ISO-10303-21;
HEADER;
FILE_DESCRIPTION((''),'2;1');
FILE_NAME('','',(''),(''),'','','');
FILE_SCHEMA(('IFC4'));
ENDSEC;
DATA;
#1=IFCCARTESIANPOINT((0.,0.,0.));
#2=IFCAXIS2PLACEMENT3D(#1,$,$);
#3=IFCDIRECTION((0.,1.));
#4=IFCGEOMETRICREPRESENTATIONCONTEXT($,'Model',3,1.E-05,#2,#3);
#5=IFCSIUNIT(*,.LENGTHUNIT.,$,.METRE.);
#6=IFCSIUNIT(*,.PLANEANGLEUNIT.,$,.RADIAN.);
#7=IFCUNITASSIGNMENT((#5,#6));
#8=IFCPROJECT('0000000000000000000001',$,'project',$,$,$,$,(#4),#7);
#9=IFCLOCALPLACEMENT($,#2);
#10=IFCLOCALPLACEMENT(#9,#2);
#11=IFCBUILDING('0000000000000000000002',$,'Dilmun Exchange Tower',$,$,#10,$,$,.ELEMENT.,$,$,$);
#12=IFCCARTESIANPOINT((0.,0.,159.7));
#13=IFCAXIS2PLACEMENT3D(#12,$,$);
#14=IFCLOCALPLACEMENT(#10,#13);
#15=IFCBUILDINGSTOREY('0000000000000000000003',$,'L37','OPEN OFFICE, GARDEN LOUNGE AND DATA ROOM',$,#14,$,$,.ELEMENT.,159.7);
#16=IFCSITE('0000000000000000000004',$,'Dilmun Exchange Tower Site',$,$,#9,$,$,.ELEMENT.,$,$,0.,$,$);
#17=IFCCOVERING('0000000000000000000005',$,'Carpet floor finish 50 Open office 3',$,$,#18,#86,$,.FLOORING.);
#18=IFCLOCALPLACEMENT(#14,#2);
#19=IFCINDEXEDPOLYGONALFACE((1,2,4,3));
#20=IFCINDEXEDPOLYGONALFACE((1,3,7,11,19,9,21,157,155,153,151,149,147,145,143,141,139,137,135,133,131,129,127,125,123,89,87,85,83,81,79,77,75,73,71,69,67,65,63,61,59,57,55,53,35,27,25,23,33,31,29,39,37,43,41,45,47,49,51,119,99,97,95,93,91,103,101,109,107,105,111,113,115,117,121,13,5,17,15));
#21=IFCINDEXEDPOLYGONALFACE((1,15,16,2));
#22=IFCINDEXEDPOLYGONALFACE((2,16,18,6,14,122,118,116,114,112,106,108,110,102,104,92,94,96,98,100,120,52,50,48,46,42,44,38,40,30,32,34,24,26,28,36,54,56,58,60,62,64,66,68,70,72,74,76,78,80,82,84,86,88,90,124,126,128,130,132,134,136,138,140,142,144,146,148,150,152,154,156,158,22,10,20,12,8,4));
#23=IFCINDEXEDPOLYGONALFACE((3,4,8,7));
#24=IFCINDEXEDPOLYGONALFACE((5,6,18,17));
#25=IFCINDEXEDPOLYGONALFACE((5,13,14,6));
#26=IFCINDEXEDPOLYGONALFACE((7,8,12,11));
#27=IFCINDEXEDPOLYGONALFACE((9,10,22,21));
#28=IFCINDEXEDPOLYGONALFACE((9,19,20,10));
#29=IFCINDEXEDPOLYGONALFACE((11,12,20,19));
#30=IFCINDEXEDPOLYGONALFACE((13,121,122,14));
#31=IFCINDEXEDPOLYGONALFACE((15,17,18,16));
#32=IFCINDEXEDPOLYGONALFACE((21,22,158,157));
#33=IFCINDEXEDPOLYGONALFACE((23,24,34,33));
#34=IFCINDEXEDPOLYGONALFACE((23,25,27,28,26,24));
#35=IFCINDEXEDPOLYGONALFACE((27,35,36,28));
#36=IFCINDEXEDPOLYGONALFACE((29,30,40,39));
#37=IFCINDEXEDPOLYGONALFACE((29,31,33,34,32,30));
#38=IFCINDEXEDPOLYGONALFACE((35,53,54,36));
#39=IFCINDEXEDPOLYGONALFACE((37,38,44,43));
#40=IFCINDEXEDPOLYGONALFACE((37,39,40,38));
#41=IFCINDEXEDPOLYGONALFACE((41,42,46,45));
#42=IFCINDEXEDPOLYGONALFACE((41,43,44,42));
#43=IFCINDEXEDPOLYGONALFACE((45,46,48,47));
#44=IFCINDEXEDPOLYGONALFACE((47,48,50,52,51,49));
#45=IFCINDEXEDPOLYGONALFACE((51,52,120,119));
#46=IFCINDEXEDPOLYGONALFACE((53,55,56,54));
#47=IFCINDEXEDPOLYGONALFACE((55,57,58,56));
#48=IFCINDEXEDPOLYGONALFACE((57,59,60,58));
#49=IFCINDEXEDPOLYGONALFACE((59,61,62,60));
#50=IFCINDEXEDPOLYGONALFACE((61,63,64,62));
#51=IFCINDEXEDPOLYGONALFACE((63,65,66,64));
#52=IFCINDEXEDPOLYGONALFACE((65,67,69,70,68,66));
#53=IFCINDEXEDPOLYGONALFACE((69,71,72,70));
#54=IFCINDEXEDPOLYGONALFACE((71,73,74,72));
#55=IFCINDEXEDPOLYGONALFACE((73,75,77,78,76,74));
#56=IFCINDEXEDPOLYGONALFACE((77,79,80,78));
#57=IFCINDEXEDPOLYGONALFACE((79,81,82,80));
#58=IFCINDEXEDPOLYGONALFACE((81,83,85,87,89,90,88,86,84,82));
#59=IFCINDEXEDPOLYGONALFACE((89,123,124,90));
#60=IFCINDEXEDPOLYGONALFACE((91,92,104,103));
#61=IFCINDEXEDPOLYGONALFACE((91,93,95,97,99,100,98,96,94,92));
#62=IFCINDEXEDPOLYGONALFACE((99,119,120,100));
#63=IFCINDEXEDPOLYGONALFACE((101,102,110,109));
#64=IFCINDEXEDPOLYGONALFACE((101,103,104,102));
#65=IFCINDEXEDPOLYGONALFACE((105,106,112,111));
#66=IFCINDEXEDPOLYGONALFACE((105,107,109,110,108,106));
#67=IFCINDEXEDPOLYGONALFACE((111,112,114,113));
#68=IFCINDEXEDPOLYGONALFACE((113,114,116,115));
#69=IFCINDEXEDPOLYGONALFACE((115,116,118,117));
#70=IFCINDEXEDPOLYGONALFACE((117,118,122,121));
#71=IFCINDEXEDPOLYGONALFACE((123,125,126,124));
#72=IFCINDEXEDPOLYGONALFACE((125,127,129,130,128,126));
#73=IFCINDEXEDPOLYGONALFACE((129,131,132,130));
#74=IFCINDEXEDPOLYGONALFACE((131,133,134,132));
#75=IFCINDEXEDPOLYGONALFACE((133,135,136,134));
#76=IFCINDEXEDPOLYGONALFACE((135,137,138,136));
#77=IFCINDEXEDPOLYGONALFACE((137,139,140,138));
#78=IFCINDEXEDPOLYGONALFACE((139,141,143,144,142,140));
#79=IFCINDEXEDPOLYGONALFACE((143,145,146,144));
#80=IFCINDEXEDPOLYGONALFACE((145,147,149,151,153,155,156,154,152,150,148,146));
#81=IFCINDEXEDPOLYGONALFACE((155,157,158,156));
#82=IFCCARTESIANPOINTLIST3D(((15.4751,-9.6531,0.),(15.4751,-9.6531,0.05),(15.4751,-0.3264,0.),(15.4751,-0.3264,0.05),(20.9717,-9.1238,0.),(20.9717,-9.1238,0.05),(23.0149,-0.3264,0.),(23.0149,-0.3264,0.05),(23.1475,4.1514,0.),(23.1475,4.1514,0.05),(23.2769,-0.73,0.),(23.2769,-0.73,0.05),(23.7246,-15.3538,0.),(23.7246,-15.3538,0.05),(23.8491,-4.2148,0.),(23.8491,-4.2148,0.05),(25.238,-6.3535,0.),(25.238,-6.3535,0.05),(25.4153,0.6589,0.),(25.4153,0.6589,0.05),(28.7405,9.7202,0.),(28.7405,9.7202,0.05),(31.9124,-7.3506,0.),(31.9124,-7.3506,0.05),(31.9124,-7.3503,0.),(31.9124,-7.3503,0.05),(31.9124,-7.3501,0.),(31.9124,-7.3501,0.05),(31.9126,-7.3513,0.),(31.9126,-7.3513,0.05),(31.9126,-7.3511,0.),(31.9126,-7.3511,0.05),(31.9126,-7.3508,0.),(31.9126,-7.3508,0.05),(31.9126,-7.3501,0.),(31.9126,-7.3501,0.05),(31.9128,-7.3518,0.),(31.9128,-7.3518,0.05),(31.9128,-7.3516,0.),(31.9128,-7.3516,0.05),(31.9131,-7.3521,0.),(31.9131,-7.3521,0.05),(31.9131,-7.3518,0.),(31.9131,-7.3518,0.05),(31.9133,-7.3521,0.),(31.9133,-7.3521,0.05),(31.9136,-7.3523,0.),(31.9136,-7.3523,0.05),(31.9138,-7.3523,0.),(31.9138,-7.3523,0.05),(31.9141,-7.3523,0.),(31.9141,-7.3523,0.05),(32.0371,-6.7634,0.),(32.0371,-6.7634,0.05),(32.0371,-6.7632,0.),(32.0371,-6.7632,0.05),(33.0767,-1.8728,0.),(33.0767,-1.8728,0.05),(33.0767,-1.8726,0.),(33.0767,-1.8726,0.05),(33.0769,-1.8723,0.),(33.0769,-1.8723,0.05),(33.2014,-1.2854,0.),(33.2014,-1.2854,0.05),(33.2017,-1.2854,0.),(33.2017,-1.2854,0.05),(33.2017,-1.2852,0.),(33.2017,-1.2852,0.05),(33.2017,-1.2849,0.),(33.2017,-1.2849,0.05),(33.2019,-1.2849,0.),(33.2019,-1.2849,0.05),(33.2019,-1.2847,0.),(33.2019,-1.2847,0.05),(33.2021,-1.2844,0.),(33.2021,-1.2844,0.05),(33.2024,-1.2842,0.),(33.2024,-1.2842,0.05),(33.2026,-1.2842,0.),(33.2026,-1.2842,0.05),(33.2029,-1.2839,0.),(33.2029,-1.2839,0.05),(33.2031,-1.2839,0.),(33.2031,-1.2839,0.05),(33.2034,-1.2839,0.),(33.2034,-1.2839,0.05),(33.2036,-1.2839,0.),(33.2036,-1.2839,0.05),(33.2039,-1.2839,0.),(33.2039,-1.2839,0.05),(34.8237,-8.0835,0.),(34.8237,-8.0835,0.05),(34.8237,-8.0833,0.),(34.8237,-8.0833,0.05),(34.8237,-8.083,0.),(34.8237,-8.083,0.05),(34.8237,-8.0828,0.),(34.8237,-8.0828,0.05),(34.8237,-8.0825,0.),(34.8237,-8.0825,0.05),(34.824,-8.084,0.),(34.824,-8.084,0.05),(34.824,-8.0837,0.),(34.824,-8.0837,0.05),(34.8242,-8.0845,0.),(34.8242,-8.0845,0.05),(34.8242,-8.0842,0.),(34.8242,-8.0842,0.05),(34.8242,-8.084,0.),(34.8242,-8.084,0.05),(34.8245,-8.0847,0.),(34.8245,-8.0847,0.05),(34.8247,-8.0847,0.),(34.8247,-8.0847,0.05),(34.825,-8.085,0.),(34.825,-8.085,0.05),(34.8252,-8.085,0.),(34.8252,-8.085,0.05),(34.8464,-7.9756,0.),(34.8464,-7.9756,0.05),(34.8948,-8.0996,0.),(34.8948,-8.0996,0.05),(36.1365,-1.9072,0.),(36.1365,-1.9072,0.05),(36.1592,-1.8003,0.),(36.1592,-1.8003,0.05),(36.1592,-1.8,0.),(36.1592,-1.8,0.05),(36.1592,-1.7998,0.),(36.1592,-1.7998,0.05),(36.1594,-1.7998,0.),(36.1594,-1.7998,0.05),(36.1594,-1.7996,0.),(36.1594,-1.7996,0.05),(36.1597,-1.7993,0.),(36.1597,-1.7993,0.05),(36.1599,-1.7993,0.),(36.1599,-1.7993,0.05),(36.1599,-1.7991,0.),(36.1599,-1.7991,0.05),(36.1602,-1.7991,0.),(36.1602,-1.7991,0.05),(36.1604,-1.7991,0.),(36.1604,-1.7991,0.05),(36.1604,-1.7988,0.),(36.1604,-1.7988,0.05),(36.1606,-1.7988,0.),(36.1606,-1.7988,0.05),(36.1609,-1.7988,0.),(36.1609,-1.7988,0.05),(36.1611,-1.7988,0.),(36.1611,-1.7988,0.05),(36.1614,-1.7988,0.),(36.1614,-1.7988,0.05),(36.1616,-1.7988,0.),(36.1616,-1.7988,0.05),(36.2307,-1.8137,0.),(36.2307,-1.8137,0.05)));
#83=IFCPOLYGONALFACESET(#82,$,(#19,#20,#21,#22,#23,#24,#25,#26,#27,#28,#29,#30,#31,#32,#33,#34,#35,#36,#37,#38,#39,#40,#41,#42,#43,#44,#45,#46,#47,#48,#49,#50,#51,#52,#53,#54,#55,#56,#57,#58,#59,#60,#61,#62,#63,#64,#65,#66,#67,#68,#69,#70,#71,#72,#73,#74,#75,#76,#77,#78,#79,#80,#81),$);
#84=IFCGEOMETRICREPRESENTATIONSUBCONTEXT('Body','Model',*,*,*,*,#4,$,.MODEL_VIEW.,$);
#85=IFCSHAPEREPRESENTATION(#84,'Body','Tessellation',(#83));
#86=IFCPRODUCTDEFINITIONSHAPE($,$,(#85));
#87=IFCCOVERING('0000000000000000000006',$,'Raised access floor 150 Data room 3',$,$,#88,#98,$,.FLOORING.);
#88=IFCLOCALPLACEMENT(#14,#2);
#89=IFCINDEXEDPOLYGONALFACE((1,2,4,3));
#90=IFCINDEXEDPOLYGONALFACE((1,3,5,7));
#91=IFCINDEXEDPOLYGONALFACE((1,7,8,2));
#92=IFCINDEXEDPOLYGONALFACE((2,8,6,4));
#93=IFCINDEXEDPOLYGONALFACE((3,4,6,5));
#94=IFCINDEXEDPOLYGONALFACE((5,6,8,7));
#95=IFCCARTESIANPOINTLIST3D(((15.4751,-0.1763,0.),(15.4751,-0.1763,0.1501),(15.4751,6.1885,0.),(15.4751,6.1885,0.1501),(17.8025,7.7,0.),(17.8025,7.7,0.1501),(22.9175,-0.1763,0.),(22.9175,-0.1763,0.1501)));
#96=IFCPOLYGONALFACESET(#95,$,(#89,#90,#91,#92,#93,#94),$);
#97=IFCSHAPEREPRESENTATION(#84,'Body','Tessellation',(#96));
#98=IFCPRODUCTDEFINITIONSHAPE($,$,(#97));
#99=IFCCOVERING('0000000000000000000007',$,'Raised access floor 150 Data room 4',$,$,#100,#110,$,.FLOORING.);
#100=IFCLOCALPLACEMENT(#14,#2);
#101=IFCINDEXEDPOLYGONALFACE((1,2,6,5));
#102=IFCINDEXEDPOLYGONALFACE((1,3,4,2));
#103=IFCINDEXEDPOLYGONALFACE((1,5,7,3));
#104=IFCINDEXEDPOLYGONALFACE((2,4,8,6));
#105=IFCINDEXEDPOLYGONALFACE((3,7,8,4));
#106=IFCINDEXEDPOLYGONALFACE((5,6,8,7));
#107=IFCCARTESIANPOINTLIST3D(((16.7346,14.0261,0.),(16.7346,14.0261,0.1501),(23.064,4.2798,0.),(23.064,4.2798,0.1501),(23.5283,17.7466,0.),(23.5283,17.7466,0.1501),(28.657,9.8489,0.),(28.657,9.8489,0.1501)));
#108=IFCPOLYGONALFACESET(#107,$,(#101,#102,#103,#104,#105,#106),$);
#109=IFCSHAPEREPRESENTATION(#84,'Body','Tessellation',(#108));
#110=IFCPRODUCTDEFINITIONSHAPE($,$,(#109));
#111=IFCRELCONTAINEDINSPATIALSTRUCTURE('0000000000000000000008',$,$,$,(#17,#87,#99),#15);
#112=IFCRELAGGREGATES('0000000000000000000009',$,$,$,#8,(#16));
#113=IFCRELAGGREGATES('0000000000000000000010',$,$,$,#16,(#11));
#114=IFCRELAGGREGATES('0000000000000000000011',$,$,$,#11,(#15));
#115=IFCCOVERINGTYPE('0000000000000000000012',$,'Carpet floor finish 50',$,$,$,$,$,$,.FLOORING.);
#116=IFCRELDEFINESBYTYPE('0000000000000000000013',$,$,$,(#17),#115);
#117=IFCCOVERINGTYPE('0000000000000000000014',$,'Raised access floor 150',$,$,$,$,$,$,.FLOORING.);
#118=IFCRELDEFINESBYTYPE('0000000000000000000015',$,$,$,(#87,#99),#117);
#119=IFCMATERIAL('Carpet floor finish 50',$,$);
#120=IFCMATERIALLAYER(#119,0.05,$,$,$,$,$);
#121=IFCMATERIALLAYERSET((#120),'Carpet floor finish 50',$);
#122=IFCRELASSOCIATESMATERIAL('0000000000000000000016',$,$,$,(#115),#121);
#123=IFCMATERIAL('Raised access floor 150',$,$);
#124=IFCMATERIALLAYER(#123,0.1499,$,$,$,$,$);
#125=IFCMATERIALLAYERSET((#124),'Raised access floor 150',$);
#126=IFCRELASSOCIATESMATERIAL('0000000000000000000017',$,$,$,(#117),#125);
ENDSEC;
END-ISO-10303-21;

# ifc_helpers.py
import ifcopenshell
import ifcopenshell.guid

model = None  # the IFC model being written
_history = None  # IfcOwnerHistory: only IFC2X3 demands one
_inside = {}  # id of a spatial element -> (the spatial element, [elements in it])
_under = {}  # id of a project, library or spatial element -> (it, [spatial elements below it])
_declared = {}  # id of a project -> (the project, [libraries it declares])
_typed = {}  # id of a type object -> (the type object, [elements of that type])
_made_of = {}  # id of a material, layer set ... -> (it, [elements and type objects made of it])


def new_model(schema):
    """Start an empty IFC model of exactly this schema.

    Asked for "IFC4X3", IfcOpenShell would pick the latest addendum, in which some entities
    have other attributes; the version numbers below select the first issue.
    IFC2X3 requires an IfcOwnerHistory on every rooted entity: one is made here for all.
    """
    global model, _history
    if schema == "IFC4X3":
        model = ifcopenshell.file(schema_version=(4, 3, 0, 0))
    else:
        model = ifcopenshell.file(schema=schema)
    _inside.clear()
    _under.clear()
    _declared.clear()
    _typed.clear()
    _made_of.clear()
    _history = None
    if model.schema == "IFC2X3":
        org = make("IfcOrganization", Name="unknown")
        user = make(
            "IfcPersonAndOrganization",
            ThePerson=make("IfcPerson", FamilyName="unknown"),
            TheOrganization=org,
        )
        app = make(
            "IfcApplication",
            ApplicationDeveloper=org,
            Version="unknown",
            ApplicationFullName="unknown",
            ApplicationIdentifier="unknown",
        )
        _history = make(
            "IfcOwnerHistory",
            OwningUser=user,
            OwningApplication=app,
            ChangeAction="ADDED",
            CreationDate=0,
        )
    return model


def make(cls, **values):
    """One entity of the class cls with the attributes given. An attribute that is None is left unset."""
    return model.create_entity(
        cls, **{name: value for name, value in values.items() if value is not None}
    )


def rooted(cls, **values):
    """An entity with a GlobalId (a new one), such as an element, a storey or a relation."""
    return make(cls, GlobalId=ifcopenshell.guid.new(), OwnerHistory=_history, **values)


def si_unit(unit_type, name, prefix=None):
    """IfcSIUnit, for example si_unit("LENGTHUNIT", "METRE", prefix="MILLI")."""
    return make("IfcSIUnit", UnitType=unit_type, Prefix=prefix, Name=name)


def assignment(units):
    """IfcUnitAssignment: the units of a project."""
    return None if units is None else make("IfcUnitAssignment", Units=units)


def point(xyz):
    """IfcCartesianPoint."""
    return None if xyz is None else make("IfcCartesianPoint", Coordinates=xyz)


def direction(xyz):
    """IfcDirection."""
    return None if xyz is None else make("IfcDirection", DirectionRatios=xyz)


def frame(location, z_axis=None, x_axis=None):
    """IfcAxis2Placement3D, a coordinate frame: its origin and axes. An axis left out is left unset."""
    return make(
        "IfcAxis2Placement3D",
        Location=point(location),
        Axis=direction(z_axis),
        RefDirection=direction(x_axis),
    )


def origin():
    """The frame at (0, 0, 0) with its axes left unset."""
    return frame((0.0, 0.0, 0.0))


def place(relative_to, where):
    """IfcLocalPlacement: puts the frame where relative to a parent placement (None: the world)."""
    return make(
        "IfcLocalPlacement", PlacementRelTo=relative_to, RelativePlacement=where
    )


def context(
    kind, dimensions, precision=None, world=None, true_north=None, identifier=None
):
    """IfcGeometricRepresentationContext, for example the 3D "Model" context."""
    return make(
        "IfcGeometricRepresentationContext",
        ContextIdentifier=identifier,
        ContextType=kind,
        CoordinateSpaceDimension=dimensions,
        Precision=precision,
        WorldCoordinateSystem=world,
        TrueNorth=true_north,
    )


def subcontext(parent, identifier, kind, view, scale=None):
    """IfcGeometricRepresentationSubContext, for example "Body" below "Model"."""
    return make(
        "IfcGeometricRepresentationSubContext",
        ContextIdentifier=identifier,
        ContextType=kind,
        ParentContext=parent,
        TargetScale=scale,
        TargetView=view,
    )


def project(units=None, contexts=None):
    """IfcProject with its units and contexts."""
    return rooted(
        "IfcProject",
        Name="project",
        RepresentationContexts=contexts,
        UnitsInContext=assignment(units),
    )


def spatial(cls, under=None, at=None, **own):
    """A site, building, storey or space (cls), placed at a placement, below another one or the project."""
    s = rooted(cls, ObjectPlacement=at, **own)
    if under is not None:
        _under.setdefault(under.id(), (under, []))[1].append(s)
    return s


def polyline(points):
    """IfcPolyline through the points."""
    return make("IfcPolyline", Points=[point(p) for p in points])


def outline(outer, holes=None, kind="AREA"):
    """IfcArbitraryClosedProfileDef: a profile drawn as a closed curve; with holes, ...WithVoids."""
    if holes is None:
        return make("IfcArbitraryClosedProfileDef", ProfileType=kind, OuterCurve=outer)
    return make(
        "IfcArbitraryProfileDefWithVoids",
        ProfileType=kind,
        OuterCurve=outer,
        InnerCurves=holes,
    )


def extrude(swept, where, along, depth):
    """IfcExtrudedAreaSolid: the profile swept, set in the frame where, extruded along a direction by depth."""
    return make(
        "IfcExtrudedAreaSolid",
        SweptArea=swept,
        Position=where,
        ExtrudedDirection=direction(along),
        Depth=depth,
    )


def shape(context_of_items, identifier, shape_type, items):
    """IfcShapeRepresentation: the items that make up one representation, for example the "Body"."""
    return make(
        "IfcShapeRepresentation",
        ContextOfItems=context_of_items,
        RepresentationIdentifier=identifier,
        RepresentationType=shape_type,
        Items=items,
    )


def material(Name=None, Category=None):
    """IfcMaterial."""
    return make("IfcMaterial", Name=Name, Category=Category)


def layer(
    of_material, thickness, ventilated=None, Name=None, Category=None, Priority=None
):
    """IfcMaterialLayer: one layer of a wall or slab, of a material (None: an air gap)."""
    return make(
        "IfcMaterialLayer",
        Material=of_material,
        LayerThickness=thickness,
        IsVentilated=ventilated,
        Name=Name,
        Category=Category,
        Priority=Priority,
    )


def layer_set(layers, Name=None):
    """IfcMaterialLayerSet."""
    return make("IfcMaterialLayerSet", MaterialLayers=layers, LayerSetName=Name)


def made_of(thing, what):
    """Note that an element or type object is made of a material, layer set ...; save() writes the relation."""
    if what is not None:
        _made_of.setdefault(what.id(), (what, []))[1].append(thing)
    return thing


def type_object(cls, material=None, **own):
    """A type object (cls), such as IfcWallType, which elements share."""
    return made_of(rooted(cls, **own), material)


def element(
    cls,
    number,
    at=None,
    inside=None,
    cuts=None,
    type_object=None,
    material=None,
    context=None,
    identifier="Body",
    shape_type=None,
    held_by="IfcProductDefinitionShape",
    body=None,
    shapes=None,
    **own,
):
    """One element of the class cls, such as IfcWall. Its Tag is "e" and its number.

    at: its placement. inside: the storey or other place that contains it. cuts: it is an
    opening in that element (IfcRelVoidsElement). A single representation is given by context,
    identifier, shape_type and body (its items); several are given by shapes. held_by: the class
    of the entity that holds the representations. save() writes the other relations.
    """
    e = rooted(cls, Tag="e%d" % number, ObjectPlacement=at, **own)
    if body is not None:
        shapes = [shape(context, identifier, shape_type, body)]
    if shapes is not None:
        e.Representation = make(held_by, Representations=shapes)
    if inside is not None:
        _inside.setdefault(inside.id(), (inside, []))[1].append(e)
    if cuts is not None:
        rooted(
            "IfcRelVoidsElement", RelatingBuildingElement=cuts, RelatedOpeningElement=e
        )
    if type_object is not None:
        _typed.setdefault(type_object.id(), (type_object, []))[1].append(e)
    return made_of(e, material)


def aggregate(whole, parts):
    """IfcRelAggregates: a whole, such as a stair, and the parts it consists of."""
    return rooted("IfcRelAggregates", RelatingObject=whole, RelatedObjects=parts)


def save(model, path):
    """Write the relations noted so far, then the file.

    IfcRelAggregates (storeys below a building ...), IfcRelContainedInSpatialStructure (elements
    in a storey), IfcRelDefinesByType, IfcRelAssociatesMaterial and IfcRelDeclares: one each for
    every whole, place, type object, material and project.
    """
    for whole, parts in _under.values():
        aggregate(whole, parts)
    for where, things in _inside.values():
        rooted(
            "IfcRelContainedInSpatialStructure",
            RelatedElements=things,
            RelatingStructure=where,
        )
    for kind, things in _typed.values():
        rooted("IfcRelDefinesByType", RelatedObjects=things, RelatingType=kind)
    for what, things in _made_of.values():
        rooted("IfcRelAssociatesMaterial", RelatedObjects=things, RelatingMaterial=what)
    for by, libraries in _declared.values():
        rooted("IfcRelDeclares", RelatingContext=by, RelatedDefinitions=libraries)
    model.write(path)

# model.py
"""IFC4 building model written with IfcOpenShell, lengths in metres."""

from ifc_helpers import new_model, si_unit, direction, frame, origin, place, context, subcontext, project, spatial, polyline, outline, extrude, material, layer, layer_set, type_object, element, save


model = new_model("IFC4")

# Units and contexts
model_context = context("Model", 3, precision=1e-05, world=origin(), true_north=direction((0.0, 1.0)))
body_context = subcontext(model_context, "Body", "Model", "MODEL_VIEW")
ifc_project = project(units=[si_unit("LENGTHUNIT", "METRE"), si_unit("PLANEANGLEUNIT", "RADIAN")], contexts=[model_context])

# Site, building, storey
site_placement = place(None, origin())
site = spatial("IfcSite", under=ifc_project, at=site_placement, Name="Dilmun Exchange Tower Site", CompositionType="ELEMENT", RefElevation=0.0)
building_placement = place(site_placement, origin())
building = spatial("IfcBuilding", under=site, at=building_placement, Name="Dilmun Exchange Tower", CompositionType="ELEMENT")
storey_placement = place(building_placement, frame((0.0, 0.0, 159.7)))
storey = spatial("IfcBuildingStorey", under=building, at=storey_placement, Name="L37", Description="OPEN OFFICE, GARDEN LOUNGE AND DATA ROOM", CompositionType="ELEMENT", Elevation=159.7)

# Coverings
ifc_material_1 = material(Name="Carpet floor finish 50")
ifc_layer_1 = layer(ifc_material_1, 0.05)
ifc_layer_set_1 = layer_set([ifc_layer_1], Name="Carpet floor finish 50")
covering_type_1 = type_object("IfcCoveringType", Name="Carpet floor finish 50", PredefinedType="FLOORING", material=ifc_layer_set_1)
covering_1_placement = place(storey_placement, origin())
element("IfcCovering", 1, at=covering_1_placement, inside=storey, type_object=covering_type_1, Name="Carpet floor finish 50 Open office 3", PredefinedType="FLOORING", context=body_context, shape_type="SweptSolid", body=[
    extrude(outline(polyline([(20.9717, -9.1238), (25.238, -6.3535), (23.8491, -4.2148), (15.4751, -9.6531), (15.4751, -0.3264), (23.0149, -0.3264), (23.2769, -0.73), (25.4153, 0.6589), (23.1475, 4.1514), (28.7405, 9.7202), (36.2307, -1.8137), (36.1616, -1.7988), (36.1614, -1.7988), (36.1611, -1.7988), (36.1609, -1.7988), (36.1606, -1.7988), (36.1604, -1.7988), (36.1604, -1.7991), (36.1602, -1.7991), (36.1599, -1.7991), (36.1599, -1.7993), (36.1597, -1.7993), (36.1594, -1.7996), (36.1594, -1.7998), (36.1592, -1.7998), (36.1592, -1.8), (36.1592, -1.8003), (36.1592, -1.8003), (36.1365, -1.9072), (33.2039, -1.2839), (33.2036, -1.2839), (33.2036, -1.2839), (33.2034, -1.2839), (33.2031, -1.2839), (33.2029, -1.2839), (33.2026, -1.2842), (33.2024, -1.2842), (33.2024, -1.2842), (33.2021, -1.2844), (33.2021, -1.2844), (33.2019, -1.2847), (33.2019, -1.2849), (33.2017, -1.2849), (33.2017, -1.2852), (33.2017, -1.2854), (33.2014, -1.2854), (33.0769, -1.8723), (33.0767, -1.8726), (33.0767, -1.8728), (32.0371, -6.7632), (32.0371, -6.7632), (32.0371, -6.7634), (31.9126, -7.3501), (31.9124, -7.3501), (31.9124, -7.3503), (31.9124, -7.3506), (31.9126, -7.3508), (31.9126, -7.3511), (31.9126, -7.3513), (31.9126, -7.3513), (31.9128, -7.3516), (31.9128, -7.3518), (31.9131, -7.3518), (31.9131, -7.3521), (31.9133, -7.3521), (31.9136, -7.3523), (31.9136, -7.3523), (31.9138, -7.3523), (31.9141, -7.3523), (34.8464, -7.9756), (34.8237, -8.0825), (34.8237, -8.0828), (34.8237, -8.083), (34.8237, -8.0833), (34.8237, -8.0835), (34.8237, -8.0835), (34.824, -8.0837), (34.824, -8.084), (34.8242, -8.084), (34.8242, -8.0842), (34.8242, -8.0845), (34.8245, -8.0847), (34.8247, -8.0847), (34.8247, -8.0847), (34.825, -8.085), (34.8252, -8.085), (34.8252, -8.085), (34.8948, -8.0996), (23.7246, -15.3538), (20.9717, -9.1238)])), origin(), (0.0, 0.0, 1.0), 0.05),
])
ifc_material_2 = material(Name="Raised access floor 150")
ifc_layer_2 = layer(ifc_material_2, 0.1499)
ifc_layer_set_2 = layer_set([ifc_layer_2], Name="Raised access floor 150")
covering_type_2 = type_object("IfcCoveringType", Name="Raised access floor 150", PredefinedType="FLOORING", material=ifc_layer_set_2)
covering_2_placement = place(storey_placement, origin())
element("IfcCovering", 2, at=covering_2_placement, inside=storey, type_object=covering_type_2, Name="Raised access floor 150 Data room 3", PredefinedType="FLOORING", context=body_context, shape_type="SweptSolid", body=[
    extrude(outline(polyline([(15.4751, 6.1885), (17.8025, 7.7), (22.9175, -0.1763), (15.4751, -0.1763), (15.4751, 6.1885)])), origin(), (0.0, 0.0, 1.0), 0.1501),
])
covering_3_placement = place(storey_placement, origin())
element("IfcCovering", 3, at=covering_3_placement, inside=storey, type_object=covering_type_2, Name="Raised access floor 150 Data room 4", PredefinedType="FLOORING", context=body_context, shape_type="SweptSolid", body=[
    extrude(outline(polyline([(23.064, 4.2798), (16.7346, 14.0261), (23.5283, 17.7466), (28.657, 9.8489), (23.064, 4.2798)])), origin(), (0.0, 0.0, 1.0), 0.1501),
])

save(model, "model.ifc")
